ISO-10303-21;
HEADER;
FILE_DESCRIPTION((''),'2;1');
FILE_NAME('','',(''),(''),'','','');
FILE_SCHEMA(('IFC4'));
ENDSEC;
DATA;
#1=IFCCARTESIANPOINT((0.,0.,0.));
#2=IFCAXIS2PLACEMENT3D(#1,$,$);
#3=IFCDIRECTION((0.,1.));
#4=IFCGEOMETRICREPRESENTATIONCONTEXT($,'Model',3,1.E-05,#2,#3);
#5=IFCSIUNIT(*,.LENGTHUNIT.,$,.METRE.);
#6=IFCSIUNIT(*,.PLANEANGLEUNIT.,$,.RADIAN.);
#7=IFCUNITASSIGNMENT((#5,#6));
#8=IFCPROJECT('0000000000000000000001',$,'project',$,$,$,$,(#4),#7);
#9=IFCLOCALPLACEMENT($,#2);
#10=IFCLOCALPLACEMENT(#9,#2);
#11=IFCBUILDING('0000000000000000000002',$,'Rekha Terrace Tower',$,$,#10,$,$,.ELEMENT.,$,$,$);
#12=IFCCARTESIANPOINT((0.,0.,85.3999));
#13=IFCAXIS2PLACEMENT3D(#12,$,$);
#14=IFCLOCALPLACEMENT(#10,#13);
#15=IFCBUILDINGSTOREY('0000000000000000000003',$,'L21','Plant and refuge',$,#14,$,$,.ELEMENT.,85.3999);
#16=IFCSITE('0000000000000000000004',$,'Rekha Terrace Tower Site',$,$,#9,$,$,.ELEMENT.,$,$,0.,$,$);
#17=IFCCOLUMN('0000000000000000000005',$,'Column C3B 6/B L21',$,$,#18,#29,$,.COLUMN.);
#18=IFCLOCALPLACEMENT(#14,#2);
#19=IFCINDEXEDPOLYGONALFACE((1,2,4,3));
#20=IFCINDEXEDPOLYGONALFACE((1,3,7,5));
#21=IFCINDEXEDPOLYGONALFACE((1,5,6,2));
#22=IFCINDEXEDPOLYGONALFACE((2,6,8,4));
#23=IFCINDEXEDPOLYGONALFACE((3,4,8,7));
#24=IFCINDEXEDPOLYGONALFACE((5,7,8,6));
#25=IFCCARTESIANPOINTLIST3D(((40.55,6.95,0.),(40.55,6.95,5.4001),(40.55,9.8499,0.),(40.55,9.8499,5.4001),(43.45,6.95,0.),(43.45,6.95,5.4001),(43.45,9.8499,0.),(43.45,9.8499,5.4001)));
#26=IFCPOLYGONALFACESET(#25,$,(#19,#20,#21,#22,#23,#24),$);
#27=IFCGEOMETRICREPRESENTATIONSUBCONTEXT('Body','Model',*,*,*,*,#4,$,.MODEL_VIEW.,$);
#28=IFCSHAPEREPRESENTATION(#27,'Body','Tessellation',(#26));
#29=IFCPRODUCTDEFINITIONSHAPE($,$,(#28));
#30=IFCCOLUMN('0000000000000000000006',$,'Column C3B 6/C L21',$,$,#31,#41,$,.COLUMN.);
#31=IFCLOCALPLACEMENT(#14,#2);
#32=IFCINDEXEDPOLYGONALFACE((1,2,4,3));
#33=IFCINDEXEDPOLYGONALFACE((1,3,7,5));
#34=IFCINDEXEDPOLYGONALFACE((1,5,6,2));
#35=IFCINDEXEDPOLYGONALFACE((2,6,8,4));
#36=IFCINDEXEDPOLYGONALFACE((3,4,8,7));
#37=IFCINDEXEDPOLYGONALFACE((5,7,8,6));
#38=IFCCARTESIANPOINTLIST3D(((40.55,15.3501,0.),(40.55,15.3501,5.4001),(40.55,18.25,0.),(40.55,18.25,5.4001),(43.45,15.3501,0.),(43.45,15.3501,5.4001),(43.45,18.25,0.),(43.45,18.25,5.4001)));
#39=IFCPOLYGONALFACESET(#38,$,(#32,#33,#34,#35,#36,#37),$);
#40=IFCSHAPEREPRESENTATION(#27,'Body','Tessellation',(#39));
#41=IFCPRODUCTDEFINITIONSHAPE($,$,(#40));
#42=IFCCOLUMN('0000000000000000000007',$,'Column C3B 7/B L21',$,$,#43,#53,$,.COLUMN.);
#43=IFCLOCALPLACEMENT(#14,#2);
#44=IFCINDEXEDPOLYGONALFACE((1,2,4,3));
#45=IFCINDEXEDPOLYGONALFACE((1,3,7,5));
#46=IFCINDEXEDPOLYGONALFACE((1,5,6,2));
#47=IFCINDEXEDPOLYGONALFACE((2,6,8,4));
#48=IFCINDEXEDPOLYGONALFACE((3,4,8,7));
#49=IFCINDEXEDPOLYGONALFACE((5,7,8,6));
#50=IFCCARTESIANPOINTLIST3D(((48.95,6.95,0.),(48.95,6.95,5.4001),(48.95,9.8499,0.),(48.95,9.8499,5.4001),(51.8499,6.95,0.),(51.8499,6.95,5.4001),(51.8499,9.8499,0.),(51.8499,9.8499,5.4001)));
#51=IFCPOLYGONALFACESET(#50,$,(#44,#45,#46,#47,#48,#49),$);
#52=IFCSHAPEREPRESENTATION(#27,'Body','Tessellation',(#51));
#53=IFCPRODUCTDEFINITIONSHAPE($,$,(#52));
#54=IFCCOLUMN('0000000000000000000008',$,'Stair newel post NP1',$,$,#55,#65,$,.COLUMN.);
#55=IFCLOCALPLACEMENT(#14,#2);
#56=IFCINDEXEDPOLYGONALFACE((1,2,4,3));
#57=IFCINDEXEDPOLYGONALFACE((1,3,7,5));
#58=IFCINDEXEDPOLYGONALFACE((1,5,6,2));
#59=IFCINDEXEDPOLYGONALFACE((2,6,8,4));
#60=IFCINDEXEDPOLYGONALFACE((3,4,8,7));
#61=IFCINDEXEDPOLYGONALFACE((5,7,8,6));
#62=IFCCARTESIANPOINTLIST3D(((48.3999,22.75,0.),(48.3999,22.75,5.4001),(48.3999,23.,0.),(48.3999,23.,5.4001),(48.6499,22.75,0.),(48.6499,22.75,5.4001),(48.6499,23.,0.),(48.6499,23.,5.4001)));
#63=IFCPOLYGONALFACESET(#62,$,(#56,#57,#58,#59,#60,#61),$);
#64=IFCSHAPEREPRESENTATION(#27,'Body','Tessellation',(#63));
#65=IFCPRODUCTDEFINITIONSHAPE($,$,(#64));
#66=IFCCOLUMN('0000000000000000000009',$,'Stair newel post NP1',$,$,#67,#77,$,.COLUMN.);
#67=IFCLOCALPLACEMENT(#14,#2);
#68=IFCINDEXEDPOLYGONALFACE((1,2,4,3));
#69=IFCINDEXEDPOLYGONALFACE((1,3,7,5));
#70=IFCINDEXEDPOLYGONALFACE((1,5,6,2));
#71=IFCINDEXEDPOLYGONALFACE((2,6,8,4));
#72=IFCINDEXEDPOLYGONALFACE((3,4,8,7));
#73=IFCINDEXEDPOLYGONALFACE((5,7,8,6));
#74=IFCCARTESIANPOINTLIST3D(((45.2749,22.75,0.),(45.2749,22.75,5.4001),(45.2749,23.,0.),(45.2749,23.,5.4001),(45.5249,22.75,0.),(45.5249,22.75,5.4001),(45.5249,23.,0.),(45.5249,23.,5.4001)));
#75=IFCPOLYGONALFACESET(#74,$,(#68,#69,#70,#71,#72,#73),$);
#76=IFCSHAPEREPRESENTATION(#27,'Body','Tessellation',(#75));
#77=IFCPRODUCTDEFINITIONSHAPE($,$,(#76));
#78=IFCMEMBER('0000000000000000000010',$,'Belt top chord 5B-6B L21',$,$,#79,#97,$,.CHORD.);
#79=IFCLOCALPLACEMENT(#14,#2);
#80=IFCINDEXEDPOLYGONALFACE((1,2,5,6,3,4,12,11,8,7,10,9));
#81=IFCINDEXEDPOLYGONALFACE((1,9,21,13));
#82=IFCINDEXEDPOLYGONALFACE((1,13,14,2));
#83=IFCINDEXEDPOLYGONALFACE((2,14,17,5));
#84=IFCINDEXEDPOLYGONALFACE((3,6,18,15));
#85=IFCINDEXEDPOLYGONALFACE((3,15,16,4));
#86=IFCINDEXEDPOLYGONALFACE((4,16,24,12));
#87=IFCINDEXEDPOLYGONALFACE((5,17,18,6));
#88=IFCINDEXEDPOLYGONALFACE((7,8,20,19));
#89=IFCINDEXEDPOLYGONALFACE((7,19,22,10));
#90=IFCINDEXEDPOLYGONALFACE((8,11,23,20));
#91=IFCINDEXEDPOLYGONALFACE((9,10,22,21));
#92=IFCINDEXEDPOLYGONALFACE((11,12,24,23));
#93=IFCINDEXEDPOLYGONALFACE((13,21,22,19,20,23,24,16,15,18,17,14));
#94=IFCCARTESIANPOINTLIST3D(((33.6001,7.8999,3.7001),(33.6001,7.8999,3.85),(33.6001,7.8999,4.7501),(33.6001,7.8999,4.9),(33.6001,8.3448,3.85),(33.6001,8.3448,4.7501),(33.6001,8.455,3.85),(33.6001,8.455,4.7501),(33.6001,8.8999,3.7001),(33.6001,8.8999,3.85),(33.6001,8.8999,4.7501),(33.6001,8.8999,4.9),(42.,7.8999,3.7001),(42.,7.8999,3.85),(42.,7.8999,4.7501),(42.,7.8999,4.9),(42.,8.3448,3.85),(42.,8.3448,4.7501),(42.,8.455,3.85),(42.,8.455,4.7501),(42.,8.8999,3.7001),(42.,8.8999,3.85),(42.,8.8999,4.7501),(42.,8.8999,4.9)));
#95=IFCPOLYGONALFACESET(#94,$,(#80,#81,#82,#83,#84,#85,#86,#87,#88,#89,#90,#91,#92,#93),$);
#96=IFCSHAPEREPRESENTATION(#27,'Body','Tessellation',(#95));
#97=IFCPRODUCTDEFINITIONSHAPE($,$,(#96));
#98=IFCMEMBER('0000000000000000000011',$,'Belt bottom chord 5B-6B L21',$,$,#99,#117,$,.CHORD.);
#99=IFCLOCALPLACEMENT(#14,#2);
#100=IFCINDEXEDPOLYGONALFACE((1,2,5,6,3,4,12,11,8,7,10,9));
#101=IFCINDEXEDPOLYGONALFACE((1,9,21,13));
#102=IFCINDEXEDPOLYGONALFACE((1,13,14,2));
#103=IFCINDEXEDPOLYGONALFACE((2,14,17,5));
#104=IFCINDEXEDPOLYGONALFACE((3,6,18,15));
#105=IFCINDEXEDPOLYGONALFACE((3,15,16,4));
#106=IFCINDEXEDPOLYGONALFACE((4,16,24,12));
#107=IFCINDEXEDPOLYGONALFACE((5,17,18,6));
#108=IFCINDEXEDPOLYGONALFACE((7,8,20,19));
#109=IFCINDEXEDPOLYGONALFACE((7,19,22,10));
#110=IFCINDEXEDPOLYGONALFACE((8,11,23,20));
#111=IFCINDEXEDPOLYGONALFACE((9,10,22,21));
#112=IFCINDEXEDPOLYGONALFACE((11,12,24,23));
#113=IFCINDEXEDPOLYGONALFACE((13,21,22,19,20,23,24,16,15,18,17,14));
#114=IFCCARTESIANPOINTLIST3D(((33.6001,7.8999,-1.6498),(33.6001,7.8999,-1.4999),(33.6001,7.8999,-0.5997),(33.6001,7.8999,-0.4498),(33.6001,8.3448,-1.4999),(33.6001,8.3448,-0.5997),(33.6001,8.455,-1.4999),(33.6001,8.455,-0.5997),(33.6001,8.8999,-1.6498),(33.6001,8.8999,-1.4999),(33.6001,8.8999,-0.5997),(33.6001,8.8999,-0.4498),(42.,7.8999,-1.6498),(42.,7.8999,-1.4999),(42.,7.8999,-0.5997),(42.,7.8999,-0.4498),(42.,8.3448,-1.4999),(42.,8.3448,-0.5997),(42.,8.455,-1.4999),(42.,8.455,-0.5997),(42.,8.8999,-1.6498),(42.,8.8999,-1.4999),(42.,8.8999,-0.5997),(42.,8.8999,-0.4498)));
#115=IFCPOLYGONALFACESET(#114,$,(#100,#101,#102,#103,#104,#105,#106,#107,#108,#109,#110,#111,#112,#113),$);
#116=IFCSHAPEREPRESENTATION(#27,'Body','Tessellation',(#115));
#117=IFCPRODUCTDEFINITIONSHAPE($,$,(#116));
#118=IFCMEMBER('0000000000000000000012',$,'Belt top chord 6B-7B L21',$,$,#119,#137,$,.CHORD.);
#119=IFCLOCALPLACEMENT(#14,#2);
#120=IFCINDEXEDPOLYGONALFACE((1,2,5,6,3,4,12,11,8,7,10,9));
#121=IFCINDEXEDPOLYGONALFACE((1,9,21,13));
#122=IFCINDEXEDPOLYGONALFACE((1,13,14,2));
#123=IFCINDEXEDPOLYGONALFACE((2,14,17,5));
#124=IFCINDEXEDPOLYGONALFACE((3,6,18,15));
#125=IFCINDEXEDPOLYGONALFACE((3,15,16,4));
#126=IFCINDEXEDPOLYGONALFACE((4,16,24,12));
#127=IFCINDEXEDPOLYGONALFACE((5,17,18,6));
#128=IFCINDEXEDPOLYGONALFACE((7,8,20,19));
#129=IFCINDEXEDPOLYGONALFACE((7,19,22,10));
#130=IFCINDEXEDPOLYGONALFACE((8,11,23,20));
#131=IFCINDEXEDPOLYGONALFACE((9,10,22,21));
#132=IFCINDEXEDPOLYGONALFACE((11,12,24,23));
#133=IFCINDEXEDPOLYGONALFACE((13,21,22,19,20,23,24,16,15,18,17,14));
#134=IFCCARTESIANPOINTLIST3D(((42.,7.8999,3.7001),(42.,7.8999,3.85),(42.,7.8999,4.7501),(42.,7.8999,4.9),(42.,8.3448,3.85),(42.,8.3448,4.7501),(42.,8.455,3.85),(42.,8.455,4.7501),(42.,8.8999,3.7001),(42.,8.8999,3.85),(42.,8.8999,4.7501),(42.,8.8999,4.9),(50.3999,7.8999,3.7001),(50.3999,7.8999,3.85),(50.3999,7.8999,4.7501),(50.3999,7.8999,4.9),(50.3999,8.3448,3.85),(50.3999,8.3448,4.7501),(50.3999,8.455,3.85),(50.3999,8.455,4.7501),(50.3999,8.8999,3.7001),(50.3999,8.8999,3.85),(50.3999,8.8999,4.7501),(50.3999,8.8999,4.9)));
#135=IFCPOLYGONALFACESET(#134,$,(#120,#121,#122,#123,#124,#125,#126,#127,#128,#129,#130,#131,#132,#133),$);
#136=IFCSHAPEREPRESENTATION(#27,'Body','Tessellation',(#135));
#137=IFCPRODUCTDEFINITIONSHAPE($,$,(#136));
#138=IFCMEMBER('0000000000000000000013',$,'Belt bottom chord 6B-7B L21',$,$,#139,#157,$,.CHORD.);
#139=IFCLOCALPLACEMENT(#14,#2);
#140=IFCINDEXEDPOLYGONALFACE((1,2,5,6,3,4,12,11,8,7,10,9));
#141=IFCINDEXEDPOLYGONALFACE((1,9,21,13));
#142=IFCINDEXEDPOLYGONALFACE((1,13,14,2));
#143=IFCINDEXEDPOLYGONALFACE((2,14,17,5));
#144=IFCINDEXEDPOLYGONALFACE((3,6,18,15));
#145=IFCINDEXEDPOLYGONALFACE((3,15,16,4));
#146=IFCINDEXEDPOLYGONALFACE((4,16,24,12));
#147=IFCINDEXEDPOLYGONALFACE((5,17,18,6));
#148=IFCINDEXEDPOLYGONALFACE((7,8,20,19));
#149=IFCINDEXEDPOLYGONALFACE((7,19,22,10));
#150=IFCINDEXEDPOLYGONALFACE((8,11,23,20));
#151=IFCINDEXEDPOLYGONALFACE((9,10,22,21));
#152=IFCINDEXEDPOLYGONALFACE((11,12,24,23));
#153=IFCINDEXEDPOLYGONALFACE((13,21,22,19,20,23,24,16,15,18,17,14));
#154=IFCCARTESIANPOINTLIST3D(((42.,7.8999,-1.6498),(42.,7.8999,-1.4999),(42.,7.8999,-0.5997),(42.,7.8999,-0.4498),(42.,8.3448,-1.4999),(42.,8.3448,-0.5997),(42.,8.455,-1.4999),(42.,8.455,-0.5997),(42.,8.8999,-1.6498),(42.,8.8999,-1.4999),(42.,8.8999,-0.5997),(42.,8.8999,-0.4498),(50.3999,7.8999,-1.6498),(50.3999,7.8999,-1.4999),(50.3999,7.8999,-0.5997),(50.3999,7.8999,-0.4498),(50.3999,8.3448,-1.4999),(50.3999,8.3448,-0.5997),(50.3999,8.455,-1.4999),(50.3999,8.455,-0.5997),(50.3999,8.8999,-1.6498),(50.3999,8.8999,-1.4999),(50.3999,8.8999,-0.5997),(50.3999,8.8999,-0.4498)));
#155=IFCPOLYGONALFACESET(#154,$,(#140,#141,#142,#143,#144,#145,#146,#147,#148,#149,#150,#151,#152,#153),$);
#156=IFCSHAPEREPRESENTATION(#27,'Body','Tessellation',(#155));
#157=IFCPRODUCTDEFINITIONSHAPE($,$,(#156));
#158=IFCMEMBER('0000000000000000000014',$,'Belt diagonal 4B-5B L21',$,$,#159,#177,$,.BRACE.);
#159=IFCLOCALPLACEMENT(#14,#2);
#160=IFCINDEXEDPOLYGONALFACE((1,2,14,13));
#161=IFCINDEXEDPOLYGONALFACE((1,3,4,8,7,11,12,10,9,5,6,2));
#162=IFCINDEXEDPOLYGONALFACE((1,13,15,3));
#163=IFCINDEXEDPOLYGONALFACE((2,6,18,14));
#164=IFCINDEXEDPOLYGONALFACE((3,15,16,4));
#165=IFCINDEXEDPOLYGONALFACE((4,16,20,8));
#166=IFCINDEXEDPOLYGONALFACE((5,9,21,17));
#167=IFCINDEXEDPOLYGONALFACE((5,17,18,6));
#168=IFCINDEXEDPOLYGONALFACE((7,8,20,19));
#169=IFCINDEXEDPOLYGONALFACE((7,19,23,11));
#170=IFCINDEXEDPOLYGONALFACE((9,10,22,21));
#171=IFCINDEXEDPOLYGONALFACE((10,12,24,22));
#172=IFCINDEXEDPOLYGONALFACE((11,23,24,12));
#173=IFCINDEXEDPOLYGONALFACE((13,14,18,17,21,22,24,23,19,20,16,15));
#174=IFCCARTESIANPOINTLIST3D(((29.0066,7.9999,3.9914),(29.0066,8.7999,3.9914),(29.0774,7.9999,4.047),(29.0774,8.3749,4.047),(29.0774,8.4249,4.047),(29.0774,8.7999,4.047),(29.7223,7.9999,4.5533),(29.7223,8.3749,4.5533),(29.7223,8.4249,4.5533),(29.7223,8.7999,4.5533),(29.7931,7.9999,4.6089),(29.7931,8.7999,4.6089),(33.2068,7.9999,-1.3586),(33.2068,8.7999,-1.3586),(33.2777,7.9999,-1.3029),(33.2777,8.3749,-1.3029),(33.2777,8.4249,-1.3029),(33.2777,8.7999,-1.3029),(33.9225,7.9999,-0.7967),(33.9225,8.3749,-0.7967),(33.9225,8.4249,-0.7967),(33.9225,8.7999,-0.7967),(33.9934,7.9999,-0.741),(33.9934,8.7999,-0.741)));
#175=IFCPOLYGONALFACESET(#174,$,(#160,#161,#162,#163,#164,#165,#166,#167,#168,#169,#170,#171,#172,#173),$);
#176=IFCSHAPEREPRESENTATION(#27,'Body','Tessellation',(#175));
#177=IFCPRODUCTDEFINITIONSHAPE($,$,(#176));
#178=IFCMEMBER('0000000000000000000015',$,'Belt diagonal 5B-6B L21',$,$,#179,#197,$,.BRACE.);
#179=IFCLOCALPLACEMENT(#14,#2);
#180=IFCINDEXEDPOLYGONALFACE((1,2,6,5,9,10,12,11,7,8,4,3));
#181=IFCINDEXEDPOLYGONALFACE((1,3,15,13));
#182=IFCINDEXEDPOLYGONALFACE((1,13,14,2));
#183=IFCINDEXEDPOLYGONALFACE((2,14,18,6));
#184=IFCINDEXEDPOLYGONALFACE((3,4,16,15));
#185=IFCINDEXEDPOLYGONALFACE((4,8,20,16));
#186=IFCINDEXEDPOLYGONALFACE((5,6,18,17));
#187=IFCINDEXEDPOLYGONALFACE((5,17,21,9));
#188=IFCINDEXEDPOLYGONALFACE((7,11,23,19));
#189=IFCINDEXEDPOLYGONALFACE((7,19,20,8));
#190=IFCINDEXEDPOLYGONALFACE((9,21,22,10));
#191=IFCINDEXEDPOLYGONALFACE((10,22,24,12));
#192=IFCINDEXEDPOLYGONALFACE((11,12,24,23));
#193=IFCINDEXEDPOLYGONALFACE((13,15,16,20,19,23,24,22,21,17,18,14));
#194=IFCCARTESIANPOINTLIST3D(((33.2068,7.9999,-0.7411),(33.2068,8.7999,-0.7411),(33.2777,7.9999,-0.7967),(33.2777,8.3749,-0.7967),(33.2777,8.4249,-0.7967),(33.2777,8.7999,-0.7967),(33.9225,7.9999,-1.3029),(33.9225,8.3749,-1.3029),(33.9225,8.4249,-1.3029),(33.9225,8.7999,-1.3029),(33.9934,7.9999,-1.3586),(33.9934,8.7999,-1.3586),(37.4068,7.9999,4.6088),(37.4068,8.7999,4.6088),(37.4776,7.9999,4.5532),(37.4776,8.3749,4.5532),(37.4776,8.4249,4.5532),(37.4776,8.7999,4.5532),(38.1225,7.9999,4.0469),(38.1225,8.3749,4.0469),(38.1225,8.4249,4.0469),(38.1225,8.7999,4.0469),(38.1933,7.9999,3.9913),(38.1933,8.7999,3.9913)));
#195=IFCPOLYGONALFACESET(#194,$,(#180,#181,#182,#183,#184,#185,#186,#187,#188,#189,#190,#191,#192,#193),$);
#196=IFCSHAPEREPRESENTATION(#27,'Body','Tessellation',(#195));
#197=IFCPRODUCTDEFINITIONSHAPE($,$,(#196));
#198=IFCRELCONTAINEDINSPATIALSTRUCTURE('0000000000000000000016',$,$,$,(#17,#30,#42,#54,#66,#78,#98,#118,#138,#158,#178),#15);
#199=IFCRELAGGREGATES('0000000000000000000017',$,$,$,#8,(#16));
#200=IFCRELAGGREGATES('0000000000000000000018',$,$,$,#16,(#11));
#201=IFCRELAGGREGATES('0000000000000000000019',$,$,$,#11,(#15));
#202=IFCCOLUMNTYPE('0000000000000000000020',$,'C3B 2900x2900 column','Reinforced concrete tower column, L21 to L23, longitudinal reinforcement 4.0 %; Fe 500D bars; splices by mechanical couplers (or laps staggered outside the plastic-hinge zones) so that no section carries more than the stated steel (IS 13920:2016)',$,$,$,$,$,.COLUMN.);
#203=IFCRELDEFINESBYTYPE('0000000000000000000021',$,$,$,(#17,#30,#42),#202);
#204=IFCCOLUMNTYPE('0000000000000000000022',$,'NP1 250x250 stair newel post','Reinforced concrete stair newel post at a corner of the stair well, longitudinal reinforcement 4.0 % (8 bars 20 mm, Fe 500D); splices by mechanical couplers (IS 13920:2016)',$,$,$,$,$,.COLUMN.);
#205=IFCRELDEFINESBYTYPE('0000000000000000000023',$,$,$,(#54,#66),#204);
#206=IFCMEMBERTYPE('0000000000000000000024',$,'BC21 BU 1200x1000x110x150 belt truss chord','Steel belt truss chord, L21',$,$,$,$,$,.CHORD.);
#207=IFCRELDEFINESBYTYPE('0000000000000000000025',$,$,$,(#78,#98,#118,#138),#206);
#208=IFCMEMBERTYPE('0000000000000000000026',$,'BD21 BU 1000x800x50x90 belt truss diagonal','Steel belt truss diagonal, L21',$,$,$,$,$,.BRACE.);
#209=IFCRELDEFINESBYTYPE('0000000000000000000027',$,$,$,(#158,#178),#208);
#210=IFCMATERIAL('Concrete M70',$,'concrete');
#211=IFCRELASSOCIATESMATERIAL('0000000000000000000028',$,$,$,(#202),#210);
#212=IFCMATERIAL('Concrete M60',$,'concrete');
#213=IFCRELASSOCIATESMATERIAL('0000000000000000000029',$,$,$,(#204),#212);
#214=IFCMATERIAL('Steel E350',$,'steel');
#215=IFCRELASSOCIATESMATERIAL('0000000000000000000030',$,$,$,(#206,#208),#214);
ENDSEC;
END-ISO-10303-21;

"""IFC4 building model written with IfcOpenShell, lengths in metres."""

from ifc_helpers import new_model, si_unit, direction, frame, origin, origin_2d, place, context, subcontext, project, spatial, rectangle, i_section, extrude, material, material_profile, profile_set, type_object, element, save


model = new_model("IFC4")

# Units and contexts
model_context = context("Model", 3, precision=1e-05, world=origin(), true_north=direction((0.0, 1.0)))
body_context = subcontext(model_context, "Body", "Model", "MODEL_VIEW")
ifc_project = project(units=[si_unit("LENGTHUNIT", "METRE"), si_unit("PLANEANGLEUNIT", "RADIAN")], contexts=[model_context])

# Site, building, storey
site_placement = place(None, origin())
site = spatial("IfcSite", under=ifc_project, at=site_placement, Name="Rekha Terrace Tower Site", CompositionType="ELEMENT", RefElevation=0.0)
building_placement = place(site_placement, origin())
building = spatial("IfcBuilding", under=site, at=building_placement, Name="Rekha Terrace Tower", CompositionType="ELEMENT")
storey_placement = place(building_placement, frame((0.0, 0.0, 85.3999)))
storey = spatial("IfcBuildingStorey", under=building, at=storey_placement, Name="L21", Description="Plant and refuge", CompositionType="ELEMENT", Elevation=85.3999)

# Columns
ifc_material_1 = material(Name="Concrete M70", Category="concrete")
ifc_material_profile_1 = material_profile(ifc_material_1, rectangle(XDim=2.8999, YDim=2.8999, at=origin_2d()), Name="RC 2900x2900")
ifc_profile_set_1 = profile_set([ifc_material_profile_1], Name="Concrete M70")
column_type_1 = type_object("IfcColumnType", Name="C3B 2900x2900 column", Description="Reinforced concrete tower column, L21 to L23, longitudinal reinforcement 4.0 %; Fe 500D bars; splices by mechanical couplers (or laps staggered outside the plastic-hinge zones) so that no section carries more than the stated steel (IS 13920:2016)", PredefinedType="COLUMN", material=ifc_profile_set_1)
for number, where, z_axis, x_axis, name in (
    (1, (42.0, 8.3999, 0.0), (0.0, 0.0, 1.0), (1.0, 0.0, 0.0), "Column C3B 6/B L21"),
    (2, (42.0, 16.8, 0.0), (0.0, 0.0, 1.0), (1.0, 0.0, 0.0), "Column C3B 6/C L21"),
    (3, (50.3999, 8.3999, 0.0), (0.0, 0.0, 1.0), (1.0, 0.0, 0.0), "Column C3B 7/B L21"),
):
    element("IfcColumn", number, at=place(storey_placement, frame(where, z_axis=z_axis, x_axis=x_axis)), inside=storey, type_object=column_type_1, Name=name, PredefinedType="COLUMN", context=body_context, shape_type="SweptSolid", body=[
        extrude(rectangle(XDim=2.8999, YDim=2.8999, at=origin_2d()), origin(), (0.0, 0.0, 1.0), 5.4001),
    ])
ifc_material_2 = material(Name="Concrete M60", Category="concrete")
ifc_material_profile_2 = material_profile(ifc_material_2, rectangle(XDim=0.25, YDim=0.25, at=origin_2d()), Name="RC 250x250")
ifc_profile_set_2 = profile_set([ifc_material_profile_2], Name="Concrete M60")
column_type_2 = type_object("IfcColumnType", Name="NP1 250x250 stair newel post", Description="Reinforced concrete stair newel post at a corner of the stair well, longitudinal reinforcement 4.0 % (8 bars 20 mm, Fe 500D); splices by mechanical couplers (IS 13920:2016)", PredefinedType="COLUMN", material=ifc_profile_set_2)
for number, where, z_axis, x_axis, name in (
    (4, (48.5249, 22.875, 0.0), (0.0, 0.0, 1.0), (1.0, 0.0, 0.0), "Stair newel post NP1"),
    (5, (45.3999, 22.875, 0.0), (0.0, 0.0, 1.0), (1.0, 0.0, 0.0), "Stair newel post NP1"),
):
    element("IfcColumn", number, at=place(storey_placement, frame(where, z_axis=z_axis, x_axis=x_axis)), inside=storey, type_object=column_type_2, Name=name, PredefinedType="COLUMN", context=body_context, shape_type="SweptSolid", body=[
        extrude(rectangle(XDim=0.25, YDim=0.25, at=origin_2d()), origin(), (0.0, 0.0, 1.0), 5.4001),
    ])

# Members
ifc_material_3 = material(Name="Steel E350", Category="steel")
ifc_material_profile_3 = material_profile(ifc_material_3, i_section(OverallWidth=1.0, OverallDepth=1.2, WebThickness=0.1101, FlangeThickness=0.1499, at=origin_2d()), Name="BU 1200x1000x110x150")
ifc_profile_set_3 = profile_set([ifc_material_profile_3], Name="Steel E350")
member_type_1 = type_object("IfcMemberType", Name="BC21 BU 1200x1000x110x150 belt truss chord", Description="Steel belt truss chord, L21", PredefinedType="CHORD", material=ifc_profile_set_3)
for number, where, z_axis, x_axis, name in (
    (6, (33.6001, 8.3999, 4.3), (1.0, 0.0, 0.0), (0.0, 1.0, 0.0), "Belt top chord 5B-6B L21"),
    (7, (33.6001, 8.3999, -1.0498), (1.0, 0.0, 0.0), (0.0, 1.0, 0.0), "Belt bottom chord 5B-6B L21"),
    (8, (42.0, 8.3999, 4.3), (1.0, 0.0, 0.0), (0.0, 1.0, 0.0), "Belt top chord 6B-7B L21"),
    (9, (42.0, 8.3999, -1.0498), (1.0, 0.0, 0.0), (0.0, 1.0, 0.0), "Belt bottom chord 6B-7B L21"),
):
    element("IfcMember", number, at=place(storey_placement, frame(where, z_axis=z_axis, x_axis=x_axis)), inside=storey, type_object=member_type_1, Name=name, PredefinedType="CHORD", context=body_context, shape_type="SweptSolid", body=[
        extrude(i_section(OverallWidth=1.0, OverallDepth=1.2, WebThickness=0.1101, FlangeThickness=0.1499, at=origin_2d()), origin(), (0.0, 0.0, 1.0), 8.3999),
    ])
ifc_material_profile_4 = material_profile(ifc_material_3, i_section(OverallWidth=0.8, OverallDepth=1.0, WebThickness=0.05, FlangeThickness=0.0901, at=origin_2d()), Name="BU 1000x800x50x90")
ifc_profile_set_4 = profile_set([ifc_material_profile_4], Name="Steel E350")
member_type_2 = type_object("IfcMemberType", Name="BD21 BU 1000x800x50x90 belt truss diagonal", Description="Steel belt truss diagonal, L21", PredefinedType="BRACE", material=ifc_profile_set_4)
member_placement = place(storey_placement, frame((33.6001, 8.3999, -1.0498), z_axis=(-0.617525, 0.0, 0.786551), x_axis=(0.0, -1.0, 0.0)))
element("IfcMember", 10, at=member_placement, inside=storey, type_object=member_type_2, Name="Belt diagonal 4B-5B L21", PredefinedType="BRACE", context=body_context, shape_type="SweptSolid", body=[
    extrude(i_section(OverallWidth=0.8, OverallDepth=1.0, WebThickness=0.05, FlangeThickness=0.0901, at=origin_2d()), origin(), (0.0, 0.0, 1.0), 6.8018),
])
for number, where, z_axis, x_axis, name in (
    (11, (33.6001, 8.3999, -1.0498), (0.617503, 0.0, 0.786569), (0.0, 1.0, 0.0), "Belt diagonal 5B-6B L21"),
):
    element("IfcMember", number, at=place(storey_placement, frame(where, z_axis=z_axis, x_axis=x_axis)), inside=storey, type_object=member_type_2, Name=name, PredefinedType="BRACE", context=body_context, shape_type="SweptSolid", body=[
        extrude(i_section(OverallWidth=0.8, OverallDepth=1.0, WebThickness=0.05, FlangeThickness=0.0901, at=origin_2d()), origin(), (0.0, 0.0, 1.0), 6.8015),
    ])

save(model, "model.ifc")
